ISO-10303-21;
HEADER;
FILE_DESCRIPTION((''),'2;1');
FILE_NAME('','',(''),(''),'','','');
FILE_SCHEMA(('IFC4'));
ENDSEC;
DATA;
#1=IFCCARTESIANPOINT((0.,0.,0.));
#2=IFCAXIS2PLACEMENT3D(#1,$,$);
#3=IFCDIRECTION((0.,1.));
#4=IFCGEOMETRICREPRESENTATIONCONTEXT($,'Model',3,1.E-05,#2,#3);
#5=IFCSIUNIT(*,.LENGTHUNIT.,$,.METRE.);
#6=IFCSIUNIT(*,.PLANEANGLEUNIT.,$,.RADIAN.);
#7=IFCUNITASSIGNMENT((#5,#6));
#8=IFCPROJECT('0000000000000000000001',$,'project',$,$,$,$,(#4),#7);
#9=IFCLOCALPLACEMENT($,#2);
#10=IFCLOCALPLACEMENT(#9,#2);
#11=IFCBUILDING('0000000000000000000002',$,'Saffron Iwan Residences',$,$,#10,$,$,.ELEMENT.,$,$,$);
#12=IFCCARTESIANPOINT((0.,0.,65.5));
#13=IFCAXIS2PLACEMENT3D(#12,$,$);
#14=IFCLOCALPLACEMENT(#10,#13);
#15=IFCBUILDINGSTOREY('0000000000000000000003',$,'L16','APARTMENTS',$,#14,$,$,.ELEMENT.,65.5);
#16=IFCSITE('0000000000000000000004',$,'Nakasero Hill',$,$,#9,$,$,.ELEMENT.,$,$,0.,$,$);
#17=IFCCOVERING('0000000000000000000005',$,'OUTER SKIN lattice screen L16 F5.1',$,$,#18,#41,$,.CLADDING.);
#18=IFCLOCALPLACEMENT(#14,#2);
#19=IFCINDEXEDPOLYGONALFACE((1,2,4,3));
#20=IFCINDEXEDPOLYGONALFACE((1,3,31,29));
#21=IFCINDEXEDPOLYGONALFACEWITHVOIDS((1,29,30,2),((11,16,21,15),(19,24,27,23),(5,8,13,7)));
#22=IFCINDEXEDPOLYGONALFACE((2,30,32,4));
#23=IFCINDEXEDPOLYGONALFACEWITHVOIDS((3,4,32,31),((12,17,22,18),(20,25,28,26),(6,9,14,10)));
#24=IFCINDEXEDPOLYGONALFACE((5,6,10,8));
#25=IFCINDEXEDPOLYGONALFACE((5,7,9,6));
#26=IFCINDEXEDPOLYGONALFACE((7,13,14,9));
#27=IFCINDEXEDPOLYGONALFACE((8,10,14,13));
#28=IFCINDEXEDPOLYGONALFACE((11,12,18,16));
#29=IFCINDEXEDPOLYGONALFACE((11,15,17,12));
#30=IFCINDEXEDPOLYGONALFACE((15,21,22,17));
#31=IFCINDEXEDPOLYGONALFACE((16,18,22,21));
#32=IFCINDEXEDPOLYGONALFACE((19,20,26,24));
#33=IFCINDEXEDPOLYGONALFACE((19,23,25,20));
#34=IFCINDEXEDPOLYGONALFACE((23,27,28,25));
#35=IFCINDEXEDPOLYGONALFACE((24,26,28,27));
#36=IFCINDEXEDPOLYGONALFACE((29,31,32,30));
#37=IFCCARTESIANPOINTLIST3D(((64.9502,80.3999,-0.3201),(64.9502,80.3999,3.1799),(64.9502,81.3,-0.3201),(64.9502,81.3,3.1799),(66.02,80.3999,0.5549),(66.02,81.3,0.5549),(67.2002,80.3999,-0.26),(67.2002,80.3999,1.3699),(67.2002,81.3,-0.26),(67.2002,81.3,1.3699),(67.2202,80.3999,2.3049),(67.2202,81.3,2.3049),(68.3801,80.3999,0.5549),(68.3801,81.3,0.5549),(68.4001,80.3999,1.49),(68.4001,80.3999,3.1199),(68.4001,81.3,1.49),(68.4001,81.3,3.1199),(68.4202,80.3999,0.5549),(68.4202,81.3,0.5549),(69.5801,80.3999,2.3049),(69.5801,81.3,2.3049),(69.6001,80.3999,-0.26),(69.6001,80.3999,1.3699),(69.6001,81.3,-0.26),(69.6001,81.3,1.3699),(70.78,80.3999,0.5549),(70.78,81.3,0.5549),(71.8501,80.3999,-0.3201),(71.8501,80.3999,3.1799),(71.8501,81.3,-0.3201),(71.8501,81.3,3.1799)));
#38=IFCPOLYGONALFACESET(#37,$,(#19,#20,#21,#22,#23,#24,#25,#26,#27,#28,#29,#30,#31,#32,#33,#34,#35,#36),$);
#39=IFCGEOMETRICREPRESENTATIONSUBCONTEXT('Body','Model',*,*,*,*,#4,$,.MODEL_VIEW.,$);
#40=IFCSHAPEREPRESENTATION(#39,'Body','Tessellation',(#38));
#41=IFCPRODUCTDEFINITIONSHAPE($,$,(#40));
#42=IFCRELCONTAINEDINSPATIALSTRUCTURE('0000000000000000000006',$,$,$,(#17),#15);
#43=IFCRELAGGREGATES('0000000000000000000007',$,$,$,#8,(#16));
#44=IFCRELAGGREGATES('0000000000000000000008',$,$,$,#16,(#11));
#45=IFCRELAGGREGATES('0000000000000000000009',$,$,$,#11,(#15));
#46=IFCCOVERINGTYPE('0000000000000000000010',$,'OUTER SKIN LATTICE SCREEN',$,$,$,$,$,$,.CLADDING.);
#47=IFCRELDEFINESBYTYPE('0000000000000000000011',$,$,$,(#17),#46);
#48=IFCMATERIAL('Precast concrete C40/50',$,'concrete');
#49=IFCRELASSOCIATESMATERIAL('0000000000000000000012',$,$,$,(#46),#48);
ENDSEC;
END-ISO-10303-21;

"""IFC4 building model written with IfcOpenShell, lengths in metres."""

from ifc_helpers import new_model, si_unit, direction, frame, origin, place, context, subcontext, project, spatial, polyline, outline, extrude, material, type_object, element, save


model = new_model("IFC4")

# Units and contexts
model_context = context("Model", 3, precision=1e-05, world=origin(), true_north=direction((0.0, 1.0)))
body_context = subcontext(model_context, "Body", "Model", "MODEL_VIEW")
ifc_project = project(units=[si_unit("LENGTHUNIT", "METRE"), si_unit("PLANEANGLEUNIT", "RADIAN")], contexts=[model_context])

# Site, building, storey
site_placement = place(None, origin())
site = spatial("IfcSite", under=ifc_project, at=site_placement, Name="Nakasero Hill", CompositionType="ELEMENT", RefElevation=0.0)
building_placement = place(site_placement, origin())
building = spatial("IfcBuilding", under=site, at=building_placement, Name="Saffron Iwan Residences", CompositionType="ELEMENT")
storey_placement = place(building_placement, frame((0.0, 0.0, 65.5)))
storey = spatial("IfcBuildingStorey", under=building, at=storey_placement, Name="L16", Description="APARTMENTS", CompositionType="ELEMENT", Elevation=65.5)

# Covering
ifc_material_1 = material(Name="Precast concrete C40/50", Category="concrete")
covering_type = type_object("IfcCoveringType", Name="OUTER SKIN LATTICE SCREEN", PredefinedType="CLADDING", material=ifc_material_1)
covering_placement = place(storey_placement, frame((71.8501, 80.3999, -0.3201), z_axis=(0.0, 1.0, 0.0), x_axis=(-1.0, 0.0, 0.0)))
element("IfcCovering", 1, at=covering_placement, inside=storey, type_object=covering_type, Name="OUTER SKIN lattice screen L16 F5.1", PredefinedType="CLADDING", context=body_context, shape_type="SweptSolid", body=[
    extrude(outline(polyline([(0.0, 0.0), (6.8999, 0.0), (6.8999, 3.5), (0.0, 3.5), (0.0, 0.0)]), holes=[polyline([(1.0701, 0.875), (2.25, 0.0601), (3.4299, 0.875), (2.25, 1.6899), (1.0701, 0.875)]), polyline([(3.47, 0.875), (4.6499, 0.0601), (5.8301, 0.875), (4.6499, 1.6899), (3.47, 0.875)]), polyline([(2.27, 2.625), (3.45, 1.8101), (4.6299, 2.625), (3.45, 3.4399), (2.27, 2.625)])]), origin(), (0.0, 0.0, 1.0), 0.9001),
])

save(model, "model.ifc")
